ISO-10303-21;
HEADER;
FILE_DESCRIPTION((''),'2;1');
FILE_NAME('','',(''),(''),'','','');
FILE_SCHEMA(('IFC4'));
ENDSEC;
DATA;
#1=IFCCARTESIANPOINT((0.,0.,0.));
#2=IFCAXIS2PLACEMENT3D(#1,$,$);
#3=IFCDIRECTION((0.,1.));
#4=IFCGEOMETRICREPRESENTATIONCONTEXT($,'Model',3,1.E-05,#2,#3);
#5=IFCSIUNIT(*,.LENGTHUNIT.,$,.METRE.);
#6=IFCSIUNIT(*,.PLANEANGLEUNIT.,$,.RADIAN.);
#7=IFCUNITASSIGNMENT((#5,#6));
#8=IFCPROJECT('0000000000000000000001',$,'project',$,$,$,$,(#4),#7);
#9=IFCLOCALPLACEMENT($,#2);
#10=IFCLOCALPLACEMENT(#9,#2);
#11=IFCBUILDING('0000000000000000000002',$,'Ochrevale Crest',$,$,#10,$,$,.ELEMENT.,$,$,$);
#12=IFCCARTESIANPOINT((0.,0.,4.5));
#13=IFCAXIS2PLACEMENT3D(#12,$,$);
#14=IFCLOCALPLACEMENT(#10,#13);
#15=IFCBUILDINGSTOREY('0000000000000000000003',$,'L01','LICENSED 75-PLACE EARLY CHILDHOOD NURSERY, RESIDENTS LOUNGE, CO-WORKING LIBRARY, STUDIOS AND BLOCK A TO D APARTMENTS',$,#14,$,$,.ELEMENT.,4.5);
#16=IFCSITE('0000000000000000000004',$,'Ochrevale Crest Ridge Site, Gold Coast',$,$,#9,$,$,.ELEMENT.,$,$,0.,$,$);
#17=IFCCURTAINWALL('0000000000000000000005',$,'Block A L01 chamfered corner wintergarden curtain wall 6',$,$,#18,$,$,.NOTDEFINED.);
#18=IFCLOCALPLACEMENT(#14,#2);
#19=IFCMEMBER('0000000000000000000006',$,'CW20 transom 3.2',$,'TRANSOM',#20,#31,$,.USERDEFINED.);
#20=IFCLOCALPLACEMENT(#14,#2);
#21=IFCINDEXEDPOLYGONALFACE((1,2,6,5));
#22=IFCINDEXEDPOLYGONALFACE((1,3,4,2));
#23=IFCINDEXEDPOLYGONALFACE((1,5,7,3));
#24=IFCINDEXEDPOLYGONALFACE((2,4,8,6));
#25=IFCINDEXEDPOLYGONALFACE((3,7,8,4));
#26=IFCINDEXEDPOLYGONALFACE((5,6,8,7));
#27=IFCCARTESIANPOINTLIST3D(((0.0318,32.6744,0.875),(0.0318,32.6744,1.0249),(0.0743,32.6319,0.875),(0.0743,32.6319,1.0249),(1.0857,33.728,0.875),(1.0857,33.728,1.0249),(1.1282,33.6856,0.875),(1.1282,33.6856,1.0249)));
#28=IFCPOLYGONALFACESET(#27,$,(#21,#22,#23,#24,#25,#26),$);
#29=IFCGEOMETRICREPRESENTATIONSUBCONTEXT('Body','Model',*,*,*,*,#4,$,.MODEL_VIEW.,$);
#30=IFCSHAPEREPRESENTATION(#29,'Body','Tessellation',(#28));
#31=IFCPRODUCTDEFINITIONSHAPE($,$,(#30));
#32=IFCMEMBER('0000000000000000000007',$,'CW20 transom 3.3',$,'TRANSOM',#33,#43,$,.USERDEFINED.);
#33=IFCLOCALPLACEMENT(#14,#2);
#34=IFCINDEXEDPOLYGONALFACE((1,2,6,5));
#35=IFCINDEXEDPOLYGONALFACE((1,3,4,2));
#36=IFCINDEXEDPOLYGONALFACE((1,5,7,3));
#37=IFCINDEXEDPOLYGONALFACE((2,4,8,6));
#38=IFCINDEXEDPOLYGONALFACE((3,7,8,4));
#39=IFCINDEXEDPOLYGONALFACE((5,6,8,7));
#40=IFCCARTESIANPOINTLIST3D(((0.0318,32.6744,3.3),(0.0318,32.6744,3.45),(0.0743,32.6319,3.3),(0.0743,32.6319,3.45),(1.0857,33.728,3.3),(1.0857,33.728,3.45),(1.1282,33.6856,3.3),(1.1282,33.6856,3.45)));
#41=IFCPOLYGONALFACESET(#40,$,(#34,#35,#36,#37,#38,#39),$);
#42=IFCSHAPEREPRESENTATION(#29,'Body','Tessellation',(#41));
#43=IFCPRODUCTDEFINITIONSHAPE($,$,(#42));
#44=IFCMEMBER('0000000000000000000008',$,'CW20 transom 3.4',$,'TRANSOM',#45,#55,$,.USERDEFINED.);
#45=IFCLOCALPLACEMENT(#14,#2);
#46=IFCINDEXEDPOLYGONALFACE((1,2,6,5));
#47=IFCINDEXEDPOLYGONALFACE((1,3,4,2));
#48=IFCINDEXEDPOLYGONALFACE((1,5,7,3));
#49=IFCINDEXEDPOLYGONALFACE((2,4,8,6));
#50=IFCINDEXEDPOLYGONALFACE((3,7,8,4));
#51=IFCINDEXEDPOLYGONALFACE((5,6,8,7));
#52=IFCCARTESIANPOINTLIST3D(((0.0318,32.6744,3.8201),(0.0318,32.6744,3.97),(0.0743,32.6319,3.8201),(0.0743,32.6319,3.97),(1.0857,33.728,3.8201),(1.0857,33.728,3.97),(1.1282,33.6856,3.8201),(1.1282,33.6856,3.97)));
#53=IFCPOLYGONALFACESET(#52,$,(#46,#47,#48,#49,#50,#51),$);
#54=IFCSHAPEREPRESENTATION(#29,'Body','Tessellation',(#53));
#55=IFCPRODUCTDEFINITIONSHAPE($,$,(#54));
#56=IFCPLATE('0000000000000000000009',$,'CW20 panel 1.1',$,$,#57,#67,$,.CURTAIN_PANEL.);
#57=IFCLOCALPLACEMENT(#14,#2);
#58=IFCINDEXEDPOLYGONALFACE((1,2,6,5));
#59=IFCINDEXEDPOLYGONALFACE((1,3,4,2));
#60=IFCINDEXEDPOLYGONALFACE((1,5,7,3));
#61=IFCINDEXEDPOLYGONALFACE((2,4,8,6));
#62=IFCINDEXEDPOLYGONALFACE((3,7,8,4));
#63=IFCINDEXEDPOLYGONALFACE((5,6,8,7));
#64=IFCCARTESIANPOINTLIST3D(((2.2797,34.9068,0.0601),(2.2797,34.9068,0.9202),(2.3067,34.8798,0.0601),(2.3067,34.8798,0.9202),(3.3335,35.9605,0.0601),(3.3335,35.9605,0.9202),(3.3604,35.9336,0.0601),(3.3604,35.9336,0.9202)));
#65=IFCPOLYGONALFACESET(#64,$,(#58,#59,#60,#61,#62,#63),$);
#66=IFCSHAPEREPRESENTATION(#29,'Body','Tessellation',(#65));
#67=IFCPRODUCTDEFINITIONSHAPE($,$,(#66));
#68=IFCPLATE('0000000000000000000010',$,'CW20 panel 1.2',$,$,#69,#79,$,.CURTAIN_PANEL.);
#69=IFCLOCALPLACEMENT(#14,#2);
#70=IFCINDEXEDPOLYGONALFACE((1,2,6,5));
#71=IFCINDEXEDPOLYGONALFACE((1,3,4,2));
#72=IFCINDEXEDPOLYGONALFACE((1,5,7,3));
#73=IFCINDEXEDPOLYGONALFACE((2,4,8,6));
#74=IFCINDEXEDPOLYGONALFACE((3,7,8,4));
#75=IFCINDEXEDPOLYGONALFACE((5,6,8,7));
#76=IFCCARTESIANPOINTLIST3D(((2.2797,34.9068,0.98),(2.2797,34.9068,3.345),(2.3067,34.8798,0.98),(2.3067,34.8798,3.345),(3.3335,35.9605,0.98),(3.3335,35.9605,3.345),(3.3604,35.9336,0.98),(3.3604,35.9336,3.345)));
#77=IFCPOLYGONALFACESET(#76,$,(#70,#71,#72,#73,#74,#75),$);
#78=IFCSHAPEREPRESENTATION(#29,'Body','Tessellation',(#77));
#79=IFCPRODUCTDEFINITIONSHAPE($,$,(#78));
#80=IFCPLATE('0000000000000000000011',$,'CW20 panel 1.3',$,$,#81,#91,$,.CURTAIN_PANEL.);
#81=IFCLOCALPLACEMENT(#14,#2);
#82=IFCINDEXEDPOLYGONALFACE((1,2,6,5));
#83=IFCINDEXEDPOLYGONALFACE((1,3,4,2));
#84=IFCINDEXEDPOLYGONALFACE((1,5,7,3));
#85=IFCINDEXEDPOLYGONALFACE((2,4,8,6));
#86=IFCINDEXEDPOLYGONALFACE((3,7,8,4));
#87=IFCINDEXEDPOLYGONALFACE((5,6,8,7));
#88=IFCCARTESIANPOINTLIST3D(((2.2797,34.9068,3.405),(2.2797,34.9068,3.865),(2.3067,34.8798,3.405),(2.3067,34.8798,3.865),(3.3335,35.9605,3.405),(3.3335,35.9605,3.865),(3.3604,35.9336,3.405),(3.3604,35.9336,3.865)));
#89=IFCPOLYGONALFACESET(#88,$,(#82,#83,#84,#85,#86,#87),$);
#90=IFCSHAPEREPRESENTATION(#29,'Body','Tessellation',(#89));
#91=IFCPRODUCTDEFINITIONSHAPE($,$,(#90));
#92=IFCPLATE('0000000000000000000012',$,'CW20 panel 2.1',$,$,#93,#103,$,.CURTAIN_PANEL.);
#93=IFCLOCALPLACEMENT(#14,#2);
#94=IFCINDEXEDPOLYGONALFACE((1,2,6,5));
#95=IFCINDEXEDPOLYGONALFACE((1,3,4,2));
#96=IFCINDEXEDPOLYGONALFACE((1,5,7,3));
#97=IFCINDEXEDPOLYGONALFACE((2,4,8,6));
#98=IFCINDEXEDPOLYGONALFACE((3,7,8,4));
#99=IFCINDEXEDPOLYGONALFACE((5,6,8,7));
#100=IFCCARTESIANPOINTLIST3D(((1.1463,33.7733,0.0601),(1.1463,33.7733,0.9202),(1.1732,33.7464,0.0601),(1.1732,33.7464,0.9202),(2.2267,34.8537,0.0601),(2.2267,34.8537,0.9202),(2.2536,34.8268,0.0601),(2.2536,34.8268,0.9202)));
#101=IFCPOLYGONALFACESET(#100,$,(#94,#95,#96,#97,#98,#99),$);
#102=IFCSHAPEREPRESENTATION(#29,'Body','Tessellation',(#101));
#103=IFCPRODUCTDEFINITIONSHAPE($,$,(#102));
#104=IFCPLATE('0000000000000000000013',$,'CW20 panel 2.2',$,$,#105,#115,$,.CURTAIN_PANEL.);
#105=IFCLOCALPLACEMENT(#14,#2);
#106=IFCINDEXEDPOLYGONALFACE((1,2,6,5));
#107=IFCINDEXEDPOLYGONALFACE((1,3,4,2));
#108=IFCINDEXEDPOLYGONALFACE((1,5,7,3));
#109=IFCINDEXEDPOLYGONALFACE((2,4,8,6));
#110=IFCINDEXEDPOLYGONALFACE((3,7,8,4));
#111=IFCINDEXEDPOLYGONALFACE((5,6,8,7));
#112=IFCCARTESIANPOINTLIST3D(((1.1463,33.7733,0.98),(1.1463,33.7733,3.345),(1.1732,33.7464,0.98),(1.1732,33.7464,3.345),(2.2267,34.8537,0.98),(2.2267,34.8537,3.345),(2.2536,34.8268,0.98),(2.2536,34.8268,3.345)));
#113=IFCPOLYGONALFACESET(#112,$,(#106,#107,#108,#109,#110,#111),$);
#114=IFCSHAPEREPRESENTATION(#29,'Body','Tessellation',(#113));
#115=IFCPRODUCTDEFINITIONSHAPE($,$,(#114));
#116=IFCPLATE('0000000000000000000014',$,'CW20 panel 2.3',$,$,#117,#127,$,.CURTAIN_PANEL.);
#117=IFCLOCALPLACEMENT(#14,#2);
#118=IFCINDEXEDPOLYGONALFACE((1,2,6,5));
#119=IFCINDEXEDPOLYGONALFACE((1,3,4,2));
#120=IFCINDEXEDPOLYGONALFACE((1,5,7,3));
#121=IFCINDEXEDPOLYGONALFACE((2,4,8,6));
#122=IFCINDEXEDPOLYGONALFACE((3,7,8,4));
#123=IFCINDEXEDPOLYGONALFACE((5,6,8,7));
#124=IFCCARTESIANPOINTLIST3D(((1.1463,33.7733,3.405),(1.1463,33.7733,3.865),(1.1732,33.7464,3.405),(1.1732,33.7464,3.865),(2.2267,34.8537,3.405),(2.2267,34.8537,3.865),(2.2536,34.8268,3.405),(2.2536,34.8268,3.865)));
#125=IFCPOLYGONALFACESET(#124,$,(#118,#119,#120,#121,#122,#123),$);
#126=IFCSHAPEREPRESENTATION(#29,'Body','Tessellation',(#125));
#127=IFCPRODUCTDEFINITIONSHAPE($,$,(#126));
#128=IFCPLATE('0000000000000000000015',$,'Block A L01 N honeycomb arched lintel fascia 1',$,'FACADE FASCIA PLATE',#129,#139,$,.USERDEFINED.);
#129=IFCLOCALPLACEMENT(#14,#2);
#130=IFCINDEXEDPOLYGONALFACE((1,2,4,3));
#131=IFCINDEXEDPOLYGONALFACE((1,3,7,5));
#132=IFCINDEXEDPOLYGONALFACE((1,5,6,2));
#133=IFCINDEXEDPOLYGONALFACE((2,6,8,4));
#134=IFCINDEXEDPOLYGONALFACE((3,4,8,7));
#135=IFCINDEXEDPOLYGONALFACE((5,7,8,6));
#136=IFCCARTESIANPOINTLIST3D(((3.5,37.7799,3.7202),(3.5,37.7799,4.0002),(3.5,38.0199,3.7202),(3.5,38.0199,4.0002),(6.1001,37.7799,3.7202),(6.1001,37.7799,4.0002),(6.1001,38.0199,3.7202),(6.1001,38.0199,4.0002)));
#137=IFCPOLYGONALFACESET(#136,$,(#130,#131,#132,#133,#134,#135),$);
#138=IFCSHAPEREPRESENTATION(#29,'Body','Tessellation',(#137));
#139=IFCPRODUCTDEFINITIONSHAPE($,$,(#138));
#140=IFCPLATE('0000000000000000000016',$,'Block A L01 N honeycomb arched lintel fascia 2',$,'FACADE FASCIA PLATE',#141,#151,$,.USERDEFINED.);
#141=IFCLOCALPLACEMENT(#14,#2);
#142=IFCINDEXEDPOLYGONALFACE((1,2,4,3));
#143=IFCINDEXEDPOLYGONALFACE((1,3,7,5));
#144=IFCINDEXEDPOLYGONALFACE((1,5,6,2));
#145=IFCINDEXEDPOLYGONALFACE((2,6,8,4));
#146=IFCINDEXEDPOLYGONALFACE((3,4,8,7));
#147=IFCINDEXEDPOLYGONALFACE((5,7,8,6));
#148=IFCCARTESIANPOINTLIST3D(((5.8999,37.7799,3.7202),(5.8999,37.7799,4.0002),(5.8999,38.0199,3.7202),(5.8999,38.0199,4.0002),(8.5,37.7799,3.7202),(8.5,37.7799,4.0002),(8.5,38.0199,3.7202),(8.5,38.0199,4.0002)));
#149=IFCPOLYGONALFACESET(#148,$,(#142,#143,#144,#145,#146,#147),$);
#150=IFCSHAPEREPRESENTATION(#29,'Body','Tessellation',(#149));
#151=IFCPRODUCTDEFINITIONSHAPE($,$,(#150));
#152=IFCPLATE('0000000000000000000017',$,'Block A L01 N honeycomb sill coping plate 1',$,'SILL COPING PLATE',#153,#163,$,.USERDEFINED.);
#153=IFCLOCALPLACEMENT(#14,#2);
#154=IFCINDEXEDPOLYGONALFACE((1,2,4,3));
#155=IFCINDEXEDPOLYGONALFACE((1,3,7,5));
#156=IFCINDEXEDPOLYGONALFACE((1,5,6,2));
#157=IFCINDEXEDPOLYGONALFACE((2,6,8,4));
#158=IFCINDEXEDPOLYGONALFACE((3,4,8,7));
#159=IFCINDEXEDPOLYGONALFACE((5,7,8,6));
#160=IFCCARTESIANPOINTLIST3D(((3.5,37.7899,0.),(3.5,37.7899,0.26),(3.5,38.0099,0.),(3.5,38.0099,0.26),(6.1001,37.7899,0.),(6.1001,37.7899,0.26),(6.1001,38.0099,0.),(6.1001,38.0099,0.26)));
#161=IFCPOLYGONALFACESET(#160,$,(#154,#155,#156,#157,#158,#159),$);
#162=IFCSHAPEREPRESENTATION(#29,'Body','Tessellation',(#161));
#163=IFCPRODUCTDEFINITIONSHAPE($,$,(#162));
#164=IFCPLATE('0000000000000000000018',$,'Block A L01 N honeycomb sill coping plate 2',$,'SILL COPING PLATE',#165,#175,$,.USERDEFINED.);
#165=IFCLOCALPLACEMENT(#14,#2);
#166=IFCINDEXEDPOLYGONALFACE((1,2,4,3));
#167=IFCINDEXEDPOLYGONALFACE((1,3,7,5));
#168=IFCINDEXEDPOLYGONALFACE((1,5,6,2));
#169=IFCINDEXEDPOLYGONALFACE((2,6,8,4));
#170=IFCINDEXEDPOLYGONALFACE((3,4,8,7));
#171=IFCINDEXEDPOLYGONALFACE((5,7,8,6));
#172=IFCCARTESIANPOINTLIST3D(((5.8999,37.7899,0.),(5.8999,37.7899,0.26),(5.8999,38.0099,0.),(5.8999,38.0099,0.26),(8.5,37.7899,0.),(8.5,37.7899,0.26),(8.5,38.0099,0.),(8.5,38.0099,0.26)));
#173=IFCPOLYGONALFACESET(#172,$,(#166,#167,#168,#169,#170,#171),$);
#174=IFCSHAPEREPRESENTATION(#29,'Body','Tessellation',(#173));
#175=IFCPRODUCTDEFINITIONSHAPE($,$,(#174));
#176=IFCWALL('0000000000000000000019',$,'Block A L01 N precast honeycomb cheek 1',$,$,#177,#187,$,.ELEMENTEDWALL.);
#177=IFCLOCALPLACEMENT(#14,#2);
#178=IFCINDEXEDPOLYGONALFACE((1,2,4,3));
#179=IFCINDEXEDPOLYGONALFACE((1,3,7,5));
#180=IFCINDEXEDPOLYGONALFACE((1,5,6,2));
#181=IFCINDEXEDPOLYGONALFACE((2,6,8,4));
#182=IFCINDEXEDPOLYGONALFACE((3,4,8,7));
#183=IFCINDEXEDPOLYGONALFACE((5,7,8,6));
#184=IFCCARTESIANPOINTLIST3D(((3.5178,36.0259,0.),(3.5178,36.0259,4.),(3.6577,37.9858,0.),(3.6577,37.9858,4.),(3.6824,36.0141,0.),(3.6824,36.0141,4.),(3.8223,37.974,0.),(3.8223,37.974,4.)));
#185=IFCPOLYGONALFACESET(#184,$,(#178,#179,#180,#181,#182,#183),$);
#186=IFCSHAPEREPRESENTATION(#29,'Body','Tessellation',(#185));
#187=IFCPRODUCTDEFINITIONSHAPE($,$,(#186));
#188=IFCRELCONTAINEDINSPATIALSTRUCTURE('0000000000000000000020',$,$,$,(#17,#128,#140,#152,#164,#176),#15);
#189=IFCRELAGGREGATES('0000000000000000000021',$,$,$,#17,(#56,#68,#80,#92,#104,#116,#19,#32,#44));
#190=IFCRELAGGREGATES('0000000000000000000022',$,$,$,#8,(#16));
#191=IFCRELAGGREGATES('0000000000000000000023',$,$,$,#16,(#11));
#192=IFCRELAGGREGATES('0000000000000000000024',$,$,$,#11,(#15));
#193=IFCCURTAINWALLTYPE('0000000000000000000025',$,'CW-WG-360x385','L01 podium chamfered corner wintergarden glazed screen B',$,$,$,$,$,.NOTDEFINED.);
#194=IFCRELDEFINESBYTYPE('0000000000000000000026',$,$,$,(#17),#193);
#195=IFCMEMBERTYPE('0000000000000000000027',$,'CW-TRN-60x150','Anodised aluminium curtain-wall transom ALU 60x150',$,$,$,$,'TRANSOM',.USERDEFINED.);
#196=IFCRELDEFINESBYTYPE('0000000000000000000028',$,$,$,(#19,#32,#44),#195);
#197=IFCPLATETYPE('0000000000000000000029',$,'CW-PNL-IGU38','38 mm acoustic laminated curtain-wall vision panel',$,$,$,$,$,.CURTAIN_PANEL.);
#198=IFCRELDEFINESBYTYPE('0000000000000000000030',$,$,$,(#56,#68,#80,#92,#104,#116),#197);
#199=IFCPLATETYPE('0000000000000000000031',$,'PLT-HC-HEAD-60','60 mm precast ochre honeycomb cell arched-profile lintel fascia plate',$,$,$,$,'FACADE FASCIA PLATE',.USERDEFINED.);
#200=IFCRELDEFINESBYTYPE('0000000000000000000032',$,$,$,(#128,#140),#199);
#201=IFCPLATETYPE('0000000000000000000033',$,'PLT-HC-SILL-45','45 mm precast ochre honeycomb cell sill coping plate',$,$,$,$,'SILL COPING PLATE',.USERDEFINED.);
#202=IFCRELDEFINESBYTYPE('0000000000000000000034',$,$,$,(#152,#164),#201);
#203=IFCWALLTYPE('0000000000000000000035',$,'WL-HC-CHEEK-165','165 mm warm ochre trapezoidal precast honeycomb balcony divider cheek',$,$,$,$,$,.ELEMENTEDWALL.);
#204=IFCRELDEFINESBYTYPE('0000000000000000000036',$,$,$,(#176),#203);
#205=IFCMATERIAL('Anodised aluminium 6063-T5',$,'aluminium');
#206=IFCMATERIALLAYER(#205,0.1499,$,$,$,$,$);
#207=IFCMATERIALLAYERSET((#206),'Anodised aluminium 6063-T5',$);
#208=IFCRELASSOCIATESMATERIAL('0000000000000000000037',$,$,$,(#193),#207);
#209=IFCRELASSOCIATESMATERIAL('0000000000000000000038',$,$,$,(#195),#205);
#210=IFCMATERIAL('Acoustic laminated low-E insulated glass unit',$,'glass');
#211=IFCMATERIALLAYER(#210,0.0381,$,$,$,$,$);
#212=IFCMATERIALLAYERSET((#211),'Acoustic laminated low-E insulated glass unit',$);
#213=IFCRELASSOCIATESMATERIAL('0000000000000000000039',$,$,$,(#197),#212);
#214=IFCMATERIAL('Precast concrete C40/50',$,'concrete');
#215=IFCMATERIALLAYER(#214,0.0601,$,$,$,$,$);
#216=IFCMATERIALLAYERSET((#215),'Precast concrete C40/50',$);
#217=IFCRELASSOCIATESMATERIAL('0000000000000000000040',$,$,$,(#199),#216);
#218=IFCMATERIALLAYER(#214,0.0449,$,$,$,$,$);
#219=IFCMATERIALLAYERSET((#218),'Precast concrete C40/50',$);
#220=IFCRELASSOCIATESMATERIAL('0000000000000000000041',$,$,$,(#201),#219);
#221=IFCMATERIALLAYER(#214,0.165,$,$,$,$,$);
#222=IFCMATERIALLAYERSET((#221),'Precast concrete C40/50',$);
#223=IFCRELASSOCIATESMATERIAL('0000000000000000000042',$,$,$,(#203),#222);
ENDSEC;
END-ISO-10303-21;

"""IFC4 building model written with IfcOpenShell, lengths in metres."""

from ifc_helpers import new_model, si_unit, direction, frame, frame_2d, origin, origin_2d, place, context, subcontext, project, spatial, rectangle, extrude, material, layer, layer_set, material_profile, profile_set, type_object, element, aggregate, save


model = new_model("IFC4")

# Units and contexts
model_context = context("Model", 3, precision=1e-05, world=origin(), true_north=direction((0.0, 1.0)))
body_context = subcontext(model_context, "Body", "Model", "MODEL_VIEW")
ifc_project = project(units=[si_unit("LENGTHUNIT", "METRE"), si_unit("PLANEANGLEUNIT", "RADIAN")], contexts=[model_context])

# Site, building, storey
site_placement = place(None, origin())
site = spatial("IfcSite", under=ifc_project, at=site_placement, Name="Ochrevale Crest Ridge Site, Gold Coast", CompositionType="ELEMENT", RefElevation=0.0)
building_placement = place(site_placement, origin())
building = spatial("IfcBuilding", under=site, at=building_placement, Name="Ochrevale Crest", CompositionType="ELEMENT")
storey_placement = place(building_placement, frame((0.0, 0.0, 4.5)))
storey = spatial("IfcBuildingStorey", under=building, at=storey_placement, Name="L01", Description="LICENSED 75-PLACE EARLY CHILDHOOD NURSERY, RESIDENTS LOUNGE, CO-WORKING LIBRARY, STUDIOS AND BLOCK A TO D APARTMENTS", CompositionType="ELEMENT", Elevation=4.5)

# Shared definitions
ifc_material_1 = material(Name="Precast concrete C40/50", Category="concrete")

# Curtain wall, members, plates
ifc_material_2 = material(Name="Anodised aluminium 6063-T5", Category="aluminium")
ifc_layer_1 = layer(ifc_material_2, 0.1499)
ifc_layer_set_1 = layer_set([ifc_layer_1], Name="Anodised aluminium 6063-T5")
curtain_wall_type = type_object("IfcCurtainWallType", Name="CW-WG-360x385", Description="L01 podium chamfered corner wintergarden glazed screen B", PredefinedType="NOTDEFINED", material=ifc_layer_set_1)
curtain_wall_placement = place(storey_placement, origin())
curtain_wall = element("IfcCurtainWall", 1, at=curtain_wall_placement, inside=storey, type_object=curtain_wall_type, Name="Block A L01 chamfered corner wintergarden curtain wall 6", PredefinedType="NOTDEFINED")
ifc_material_profile_1 = material_profile(ifc_material_2, rectangle(XDim=0.0601, YDim=0.1499, at=origin_2d()), Name="ALU 60x150")
ifc_profile_set_1 = profile_set([ifc_material_profile_1], Name="Anodised aluminium 6063-T5")
member_type_1 = type_object("IfcMemberType", Name="CW-TRN-60x150", Description="Anodised aluminium curtain-wall transom ALU 60x150", ElementType="TRANSOM", PredefinedType="USERDEFINED", material=ifc_profile_set_1)
member_1_placement = place(storey_placement, frame((1.1069, 33.7068, 0.95), z_axis=(-0.707189, -0.707025, 0.0), x_axis=(0.707025, -0.707189, 0.0)))
member_1 = element("IfcMember", 2, at=member_1_placement, type_object=member_type_1, Name="CW20 transom 3.2", ObjectType="TRANSOM", PredefinedType="USERDEFINED", context=body_context, shape_type="SweptSolid", body=[
    extrude(rectangle(XDim=0.0601, YDim=0.1499, at=origin_2d()), origin(), (0.0, 0.0, 1.0), 1.4902),
])
member_2_placement = place(storey_placement, frame((1.1069, 33.7068, 3.375), z_axis=(-0.707189, -0.707025, 0.0), x_axis=(0.707025, -0.707189, 0.0)))
member_2 = element("IfcMember", 3, at=member_2_placement, type_object=member_type_1, Name="CW20 transom 3.3", ObjectType="TRANSOM", PredefinedType="USERDEFINED", context=body_context, shape_type="SweptSolid", body=[
    extrude(rectangle(XDim=0.0601, YDim=0.1499, at=origin_2d()), origin(), (0.0, 0.0, 1.0), 1.4902),
])
member_3_placement = place(storey_placement, frame((1.1069, 33.7068, 3.895), z_axis=(-0.707189, -0.707025, 0.0), x_axis=(0.707025, -0.707189, 0.0)))
member_3 = element("IfcMember", 4, at=member_3_placement, type_object=member_type_1, Name="CW20 transom 3.4", ObjectType="TRANSOM", PredefinedType="USERDEFINED", context=body_context, shape_type="SweptSolid", body=[
    extrude(rectangle(XDim=0.0601, YDim=0.1499, at=origin_2d()), origin(), (0.0, 0.0, 1.0), 1.4902),
])
ifc_material_3 = material(Name="Acoustic laminated low-E insulated glass unit", Category="glass")
ifc_layer_2 = layer(ifc_material_3, 0.0381)
ifc_layer_set_2 = layer_set([ifc_layer_2], Name="Acoustic laminated low-E insulated glass unit")
plate_type_1 = type_object("IfcPlateType", Name="CW-PNL-IGU38", Description="38 mm acoustic laminated curtain-wall vision panel", PredefinedType="CURTAIN_PANEL", material=ifc_layer_set_2)
plate_1_placement = place(storey_placement, frame((2.8201, 35.4202, 0.0601), z_axis=(0.0, 0.0, 1.0), x_axis=(-0.707107, -0.707107, 0.0)))
plate_1 = element("IfcPlate", 5, at=plate_1_placement, type_object=plate_type_1, Name="CW20 panel 1.1", PredefinedType="CURTAIN_PANEL", context=body_context, shape_type="SweptSolid", body=[
    extrude(rectangle(XDim=1.4902, YDim=0.0381, at=origin_2d()), origin(), (0.0, 0.0, 1.0), 0.8601),
])
plate_2_placement = place(storey_placement, frame((2.8201, 35.4202, 0.98), z_axis=(0.0, 0.0, 1.0), x_axis=(-0.707107, -0.707107, 0.0)))
plate_2 = element("IfcPlate", 6, at=plate_2_placement, type_object=plate_type_1, Name="CW20 panel 1.2", PredefinedType="CURTAIN_PANEL", context=body_context, shape_type="SweptSolid", body=[
    extrude(rectangle(XDim=1.4902, YDim=0.0381, at=origin_2d()), origin(), (0.0, 0.0, 1.0), 2.365),
])
plate_3_placement = place(storey_placement, frame((2.8201, 35.4202, 3.405), z_axis=(0.0, 0.0, 1.0), x_axis=(-0.707107, -0.707107, 0.0)))
plate_3 = element("IfcPlate", 7, at=plate_3_placement, type_object=plate_type_1, Name="CW20 panel 1.3", PredefinedType="CURTAIN_PANEL", context=body_context, shape_type="SweptSolid", body=[
    extrude(rectangle(XDim=1.4902, YDim=0.0381, at=origin_2d()), origin(), (0.0, 0.0, 1.0), 0.46),
])
plate_4_placement = place(storey_placement, frame((1.7, 34.3, 0.0601), z_axis=(0.0, 0.0, 1.0), x_axis=(-0.707107, -0.707107, 0.0)))
plate_4 = element("IfcPlate", 8, at=plate_4_placement, type_object=plate_type_1, Name="CW20 panel 2.1", PredefinedType="CURTAIN_PANEL", context=body_context, shape_type="SweptSolid", body=[
    extrude(rectangle(XDim=1.5278, YDim=0.0381, at=origin_2d()), origin(), (0.0, 0.0, 1.0), 0.8601),
])
plate_5_placement = place(storey_placement, frame((1.7, 34.3, 0.98), z_axis=(0.0, 0.0, 1.0), x_axis=(-0.707107, -0.707107, 0.0)))
plate_5 = element("IfcPlate", 9, at=plate_5_placement, type_object=plate_type_1, Name="CW20 panel 2.2", PredefinedType="CURTAIN_PANEL", context=body_context, shape_type="SweptSolid", body=[
    extrude(rectangle(XDim=1.5278, YDim=0.0381, at=origin_2d()), origin(), (0.0, 0.0, 1.0), 2.365),
])
plate_6_placement = place(storey_placement, frame((1.7, 34.3, 3.405), z_axis=(0.0, 0.0, 1.0), x_axis=(-0.707107, -0.707107, 0.0)))
plate_6 = element("IfcPlate", 10, at=plate_6_placement, type_object=plate_type_1, Name="CW20 panel 2.3", PredefinedType="CURTAIN_PANEL", context=body_context, shape_type="SweptSolid", body=[
    extrude(rectangle(XDim=1.5278, YDim=0.0381, at=origin_2d()), origin(), (0.0, 0.0, 1.0), 0.46),
])
aggregate(curtain_wall, [plate_1, plate_2, plate_3, plate_4, plate_5, plate_6, member_1, member_2, member_3])

# Plates
ifc_layer_3 = layer(ifc_material_1, 0.0601)
ifc_layer_set_3 = layer_set([ifc_layer_3], Name="Precast concrete C40/50")
plate_type_2 = type_object("IfcPlateType", Name="PLT-HC-HEAD-60", Description="60 mm precast ochre honeycomb cell arched-profile lintel fascia plate", ElementType="FACADE FASCIA PLATE", PredefinedType="USERDEFINED", material=ifc_layer_set_3)
for number, where, z_axis, x_axis, name in (
    (11, (4.8, 37.8999, 3.7202), (0.0, 0.0, 1.0), (1.0, 0.0, 0.0), "Block A L01 N honeycomb arched lintel fascia 1"),
    (12, (7.2, 37.8999, 3.7202), (0.0, 0.0, 1.0), (1.0, 0.0, 0.0), "Block A L01 N honeycomb arched lintel fascia 2"),
):
    element("IfcPlate", number, at=place(storey_placement, frame(where, z_axis=z_axis, x_axis=x_axis)), inside=storey, type_object=plate_type_2, Name=name, ObjectType="FACADE FASCIA PLATE", PredefinedType="USERDEFINED", context=body_context, shape_type="SweptSolid", body=[
        extrude(rectangle(XDim=2.6001, YDim=0.24, at=origin_2d()), origin(), (0.0, 0.0, 1.0), 0.28),
    ])
ifc_layer_4 = layer(ifc_material_1, 0.0449)
ifc_layer_set_4 = layer_set([ifc_layer_4], Name="Precast concrete C40/50")
plate_type_3 = type_object("IfcPlateType", Name="PLT-HC-SILL-45", Description="45 mm precast ochre honeycomb cell sill coping plate", ElementType="SILL COPING PLATE", PredefinedType="USERDEFINED", material=ifc_layer_set_4)
for number, where, z_axis, x_axis, name in (
    (13, (4.8, 37.8999, 0.0), (0.0, 0.0, 1.0), (1.0, 0.0, 0.0), "Block A L01 N honeycomb sill coping plate 1"),
    (14, (7.2, 37.8999, 0.0), (0.0, 0.0, 1.0), (1.0, 0.0, 0.0), "Block A L01 N honeycomb sill coping plate 2"),
):
    element("IfcPlate", number, at=place(storey_placement, frame(where, z_axis=z_axis, x_axis=x_axis)), inside=storey, type_object=plate_type_3, Name=name, ObjectType="SILL COPING PLATE", PredefinedType="USERDEFINED", context=body_context, shape_type="SweptSolid", body=[
        extrude(rectangle(XDim=2.6001, YDim=0.22, at=origin_2d()), origin(), (0.0, 0.0, 1.0), 0.26),
    ])

# Wall
ifc_layer_5 = layer(ifc_material_1, 0.165)
ifc_layer_set_5 = layer_set([ifc_layer_5], Name="Precast concrete C40/50")
wall_type = type_object("IfcWallType", Name="WL-HC-CHEEK-165", Description="165 mm warm ochre trapezoidal precast honeycomb balcony divider cheek", PredefinedType="ELEMENTEDWALL", material=ifc_layer_set_5)
wall_1_placement = place(storey_placement, frame((3.6001, 36.02, 0.0), z_axis=(0.0, 0.0, 1.0), x_axis=(0.071194, 0.997462, 0.0)))
element("IfcWall", 15, at=wall_1_placement, inside=storey, type_object=wall_type, Name="Block A L01 N precast honeycomb cheek 1", PredefinedType="ELEMENTEDWALL", context=body_context, shape_type="SweptSolid", body=[
    extrude(rectangle(XDim=1.9648, YDim=0.165, at=frame_2d((0.9824, 0.0))), origin(), (0.0, 0.0, 1.0), 4.0),
])

save(model, "model.ifc")
